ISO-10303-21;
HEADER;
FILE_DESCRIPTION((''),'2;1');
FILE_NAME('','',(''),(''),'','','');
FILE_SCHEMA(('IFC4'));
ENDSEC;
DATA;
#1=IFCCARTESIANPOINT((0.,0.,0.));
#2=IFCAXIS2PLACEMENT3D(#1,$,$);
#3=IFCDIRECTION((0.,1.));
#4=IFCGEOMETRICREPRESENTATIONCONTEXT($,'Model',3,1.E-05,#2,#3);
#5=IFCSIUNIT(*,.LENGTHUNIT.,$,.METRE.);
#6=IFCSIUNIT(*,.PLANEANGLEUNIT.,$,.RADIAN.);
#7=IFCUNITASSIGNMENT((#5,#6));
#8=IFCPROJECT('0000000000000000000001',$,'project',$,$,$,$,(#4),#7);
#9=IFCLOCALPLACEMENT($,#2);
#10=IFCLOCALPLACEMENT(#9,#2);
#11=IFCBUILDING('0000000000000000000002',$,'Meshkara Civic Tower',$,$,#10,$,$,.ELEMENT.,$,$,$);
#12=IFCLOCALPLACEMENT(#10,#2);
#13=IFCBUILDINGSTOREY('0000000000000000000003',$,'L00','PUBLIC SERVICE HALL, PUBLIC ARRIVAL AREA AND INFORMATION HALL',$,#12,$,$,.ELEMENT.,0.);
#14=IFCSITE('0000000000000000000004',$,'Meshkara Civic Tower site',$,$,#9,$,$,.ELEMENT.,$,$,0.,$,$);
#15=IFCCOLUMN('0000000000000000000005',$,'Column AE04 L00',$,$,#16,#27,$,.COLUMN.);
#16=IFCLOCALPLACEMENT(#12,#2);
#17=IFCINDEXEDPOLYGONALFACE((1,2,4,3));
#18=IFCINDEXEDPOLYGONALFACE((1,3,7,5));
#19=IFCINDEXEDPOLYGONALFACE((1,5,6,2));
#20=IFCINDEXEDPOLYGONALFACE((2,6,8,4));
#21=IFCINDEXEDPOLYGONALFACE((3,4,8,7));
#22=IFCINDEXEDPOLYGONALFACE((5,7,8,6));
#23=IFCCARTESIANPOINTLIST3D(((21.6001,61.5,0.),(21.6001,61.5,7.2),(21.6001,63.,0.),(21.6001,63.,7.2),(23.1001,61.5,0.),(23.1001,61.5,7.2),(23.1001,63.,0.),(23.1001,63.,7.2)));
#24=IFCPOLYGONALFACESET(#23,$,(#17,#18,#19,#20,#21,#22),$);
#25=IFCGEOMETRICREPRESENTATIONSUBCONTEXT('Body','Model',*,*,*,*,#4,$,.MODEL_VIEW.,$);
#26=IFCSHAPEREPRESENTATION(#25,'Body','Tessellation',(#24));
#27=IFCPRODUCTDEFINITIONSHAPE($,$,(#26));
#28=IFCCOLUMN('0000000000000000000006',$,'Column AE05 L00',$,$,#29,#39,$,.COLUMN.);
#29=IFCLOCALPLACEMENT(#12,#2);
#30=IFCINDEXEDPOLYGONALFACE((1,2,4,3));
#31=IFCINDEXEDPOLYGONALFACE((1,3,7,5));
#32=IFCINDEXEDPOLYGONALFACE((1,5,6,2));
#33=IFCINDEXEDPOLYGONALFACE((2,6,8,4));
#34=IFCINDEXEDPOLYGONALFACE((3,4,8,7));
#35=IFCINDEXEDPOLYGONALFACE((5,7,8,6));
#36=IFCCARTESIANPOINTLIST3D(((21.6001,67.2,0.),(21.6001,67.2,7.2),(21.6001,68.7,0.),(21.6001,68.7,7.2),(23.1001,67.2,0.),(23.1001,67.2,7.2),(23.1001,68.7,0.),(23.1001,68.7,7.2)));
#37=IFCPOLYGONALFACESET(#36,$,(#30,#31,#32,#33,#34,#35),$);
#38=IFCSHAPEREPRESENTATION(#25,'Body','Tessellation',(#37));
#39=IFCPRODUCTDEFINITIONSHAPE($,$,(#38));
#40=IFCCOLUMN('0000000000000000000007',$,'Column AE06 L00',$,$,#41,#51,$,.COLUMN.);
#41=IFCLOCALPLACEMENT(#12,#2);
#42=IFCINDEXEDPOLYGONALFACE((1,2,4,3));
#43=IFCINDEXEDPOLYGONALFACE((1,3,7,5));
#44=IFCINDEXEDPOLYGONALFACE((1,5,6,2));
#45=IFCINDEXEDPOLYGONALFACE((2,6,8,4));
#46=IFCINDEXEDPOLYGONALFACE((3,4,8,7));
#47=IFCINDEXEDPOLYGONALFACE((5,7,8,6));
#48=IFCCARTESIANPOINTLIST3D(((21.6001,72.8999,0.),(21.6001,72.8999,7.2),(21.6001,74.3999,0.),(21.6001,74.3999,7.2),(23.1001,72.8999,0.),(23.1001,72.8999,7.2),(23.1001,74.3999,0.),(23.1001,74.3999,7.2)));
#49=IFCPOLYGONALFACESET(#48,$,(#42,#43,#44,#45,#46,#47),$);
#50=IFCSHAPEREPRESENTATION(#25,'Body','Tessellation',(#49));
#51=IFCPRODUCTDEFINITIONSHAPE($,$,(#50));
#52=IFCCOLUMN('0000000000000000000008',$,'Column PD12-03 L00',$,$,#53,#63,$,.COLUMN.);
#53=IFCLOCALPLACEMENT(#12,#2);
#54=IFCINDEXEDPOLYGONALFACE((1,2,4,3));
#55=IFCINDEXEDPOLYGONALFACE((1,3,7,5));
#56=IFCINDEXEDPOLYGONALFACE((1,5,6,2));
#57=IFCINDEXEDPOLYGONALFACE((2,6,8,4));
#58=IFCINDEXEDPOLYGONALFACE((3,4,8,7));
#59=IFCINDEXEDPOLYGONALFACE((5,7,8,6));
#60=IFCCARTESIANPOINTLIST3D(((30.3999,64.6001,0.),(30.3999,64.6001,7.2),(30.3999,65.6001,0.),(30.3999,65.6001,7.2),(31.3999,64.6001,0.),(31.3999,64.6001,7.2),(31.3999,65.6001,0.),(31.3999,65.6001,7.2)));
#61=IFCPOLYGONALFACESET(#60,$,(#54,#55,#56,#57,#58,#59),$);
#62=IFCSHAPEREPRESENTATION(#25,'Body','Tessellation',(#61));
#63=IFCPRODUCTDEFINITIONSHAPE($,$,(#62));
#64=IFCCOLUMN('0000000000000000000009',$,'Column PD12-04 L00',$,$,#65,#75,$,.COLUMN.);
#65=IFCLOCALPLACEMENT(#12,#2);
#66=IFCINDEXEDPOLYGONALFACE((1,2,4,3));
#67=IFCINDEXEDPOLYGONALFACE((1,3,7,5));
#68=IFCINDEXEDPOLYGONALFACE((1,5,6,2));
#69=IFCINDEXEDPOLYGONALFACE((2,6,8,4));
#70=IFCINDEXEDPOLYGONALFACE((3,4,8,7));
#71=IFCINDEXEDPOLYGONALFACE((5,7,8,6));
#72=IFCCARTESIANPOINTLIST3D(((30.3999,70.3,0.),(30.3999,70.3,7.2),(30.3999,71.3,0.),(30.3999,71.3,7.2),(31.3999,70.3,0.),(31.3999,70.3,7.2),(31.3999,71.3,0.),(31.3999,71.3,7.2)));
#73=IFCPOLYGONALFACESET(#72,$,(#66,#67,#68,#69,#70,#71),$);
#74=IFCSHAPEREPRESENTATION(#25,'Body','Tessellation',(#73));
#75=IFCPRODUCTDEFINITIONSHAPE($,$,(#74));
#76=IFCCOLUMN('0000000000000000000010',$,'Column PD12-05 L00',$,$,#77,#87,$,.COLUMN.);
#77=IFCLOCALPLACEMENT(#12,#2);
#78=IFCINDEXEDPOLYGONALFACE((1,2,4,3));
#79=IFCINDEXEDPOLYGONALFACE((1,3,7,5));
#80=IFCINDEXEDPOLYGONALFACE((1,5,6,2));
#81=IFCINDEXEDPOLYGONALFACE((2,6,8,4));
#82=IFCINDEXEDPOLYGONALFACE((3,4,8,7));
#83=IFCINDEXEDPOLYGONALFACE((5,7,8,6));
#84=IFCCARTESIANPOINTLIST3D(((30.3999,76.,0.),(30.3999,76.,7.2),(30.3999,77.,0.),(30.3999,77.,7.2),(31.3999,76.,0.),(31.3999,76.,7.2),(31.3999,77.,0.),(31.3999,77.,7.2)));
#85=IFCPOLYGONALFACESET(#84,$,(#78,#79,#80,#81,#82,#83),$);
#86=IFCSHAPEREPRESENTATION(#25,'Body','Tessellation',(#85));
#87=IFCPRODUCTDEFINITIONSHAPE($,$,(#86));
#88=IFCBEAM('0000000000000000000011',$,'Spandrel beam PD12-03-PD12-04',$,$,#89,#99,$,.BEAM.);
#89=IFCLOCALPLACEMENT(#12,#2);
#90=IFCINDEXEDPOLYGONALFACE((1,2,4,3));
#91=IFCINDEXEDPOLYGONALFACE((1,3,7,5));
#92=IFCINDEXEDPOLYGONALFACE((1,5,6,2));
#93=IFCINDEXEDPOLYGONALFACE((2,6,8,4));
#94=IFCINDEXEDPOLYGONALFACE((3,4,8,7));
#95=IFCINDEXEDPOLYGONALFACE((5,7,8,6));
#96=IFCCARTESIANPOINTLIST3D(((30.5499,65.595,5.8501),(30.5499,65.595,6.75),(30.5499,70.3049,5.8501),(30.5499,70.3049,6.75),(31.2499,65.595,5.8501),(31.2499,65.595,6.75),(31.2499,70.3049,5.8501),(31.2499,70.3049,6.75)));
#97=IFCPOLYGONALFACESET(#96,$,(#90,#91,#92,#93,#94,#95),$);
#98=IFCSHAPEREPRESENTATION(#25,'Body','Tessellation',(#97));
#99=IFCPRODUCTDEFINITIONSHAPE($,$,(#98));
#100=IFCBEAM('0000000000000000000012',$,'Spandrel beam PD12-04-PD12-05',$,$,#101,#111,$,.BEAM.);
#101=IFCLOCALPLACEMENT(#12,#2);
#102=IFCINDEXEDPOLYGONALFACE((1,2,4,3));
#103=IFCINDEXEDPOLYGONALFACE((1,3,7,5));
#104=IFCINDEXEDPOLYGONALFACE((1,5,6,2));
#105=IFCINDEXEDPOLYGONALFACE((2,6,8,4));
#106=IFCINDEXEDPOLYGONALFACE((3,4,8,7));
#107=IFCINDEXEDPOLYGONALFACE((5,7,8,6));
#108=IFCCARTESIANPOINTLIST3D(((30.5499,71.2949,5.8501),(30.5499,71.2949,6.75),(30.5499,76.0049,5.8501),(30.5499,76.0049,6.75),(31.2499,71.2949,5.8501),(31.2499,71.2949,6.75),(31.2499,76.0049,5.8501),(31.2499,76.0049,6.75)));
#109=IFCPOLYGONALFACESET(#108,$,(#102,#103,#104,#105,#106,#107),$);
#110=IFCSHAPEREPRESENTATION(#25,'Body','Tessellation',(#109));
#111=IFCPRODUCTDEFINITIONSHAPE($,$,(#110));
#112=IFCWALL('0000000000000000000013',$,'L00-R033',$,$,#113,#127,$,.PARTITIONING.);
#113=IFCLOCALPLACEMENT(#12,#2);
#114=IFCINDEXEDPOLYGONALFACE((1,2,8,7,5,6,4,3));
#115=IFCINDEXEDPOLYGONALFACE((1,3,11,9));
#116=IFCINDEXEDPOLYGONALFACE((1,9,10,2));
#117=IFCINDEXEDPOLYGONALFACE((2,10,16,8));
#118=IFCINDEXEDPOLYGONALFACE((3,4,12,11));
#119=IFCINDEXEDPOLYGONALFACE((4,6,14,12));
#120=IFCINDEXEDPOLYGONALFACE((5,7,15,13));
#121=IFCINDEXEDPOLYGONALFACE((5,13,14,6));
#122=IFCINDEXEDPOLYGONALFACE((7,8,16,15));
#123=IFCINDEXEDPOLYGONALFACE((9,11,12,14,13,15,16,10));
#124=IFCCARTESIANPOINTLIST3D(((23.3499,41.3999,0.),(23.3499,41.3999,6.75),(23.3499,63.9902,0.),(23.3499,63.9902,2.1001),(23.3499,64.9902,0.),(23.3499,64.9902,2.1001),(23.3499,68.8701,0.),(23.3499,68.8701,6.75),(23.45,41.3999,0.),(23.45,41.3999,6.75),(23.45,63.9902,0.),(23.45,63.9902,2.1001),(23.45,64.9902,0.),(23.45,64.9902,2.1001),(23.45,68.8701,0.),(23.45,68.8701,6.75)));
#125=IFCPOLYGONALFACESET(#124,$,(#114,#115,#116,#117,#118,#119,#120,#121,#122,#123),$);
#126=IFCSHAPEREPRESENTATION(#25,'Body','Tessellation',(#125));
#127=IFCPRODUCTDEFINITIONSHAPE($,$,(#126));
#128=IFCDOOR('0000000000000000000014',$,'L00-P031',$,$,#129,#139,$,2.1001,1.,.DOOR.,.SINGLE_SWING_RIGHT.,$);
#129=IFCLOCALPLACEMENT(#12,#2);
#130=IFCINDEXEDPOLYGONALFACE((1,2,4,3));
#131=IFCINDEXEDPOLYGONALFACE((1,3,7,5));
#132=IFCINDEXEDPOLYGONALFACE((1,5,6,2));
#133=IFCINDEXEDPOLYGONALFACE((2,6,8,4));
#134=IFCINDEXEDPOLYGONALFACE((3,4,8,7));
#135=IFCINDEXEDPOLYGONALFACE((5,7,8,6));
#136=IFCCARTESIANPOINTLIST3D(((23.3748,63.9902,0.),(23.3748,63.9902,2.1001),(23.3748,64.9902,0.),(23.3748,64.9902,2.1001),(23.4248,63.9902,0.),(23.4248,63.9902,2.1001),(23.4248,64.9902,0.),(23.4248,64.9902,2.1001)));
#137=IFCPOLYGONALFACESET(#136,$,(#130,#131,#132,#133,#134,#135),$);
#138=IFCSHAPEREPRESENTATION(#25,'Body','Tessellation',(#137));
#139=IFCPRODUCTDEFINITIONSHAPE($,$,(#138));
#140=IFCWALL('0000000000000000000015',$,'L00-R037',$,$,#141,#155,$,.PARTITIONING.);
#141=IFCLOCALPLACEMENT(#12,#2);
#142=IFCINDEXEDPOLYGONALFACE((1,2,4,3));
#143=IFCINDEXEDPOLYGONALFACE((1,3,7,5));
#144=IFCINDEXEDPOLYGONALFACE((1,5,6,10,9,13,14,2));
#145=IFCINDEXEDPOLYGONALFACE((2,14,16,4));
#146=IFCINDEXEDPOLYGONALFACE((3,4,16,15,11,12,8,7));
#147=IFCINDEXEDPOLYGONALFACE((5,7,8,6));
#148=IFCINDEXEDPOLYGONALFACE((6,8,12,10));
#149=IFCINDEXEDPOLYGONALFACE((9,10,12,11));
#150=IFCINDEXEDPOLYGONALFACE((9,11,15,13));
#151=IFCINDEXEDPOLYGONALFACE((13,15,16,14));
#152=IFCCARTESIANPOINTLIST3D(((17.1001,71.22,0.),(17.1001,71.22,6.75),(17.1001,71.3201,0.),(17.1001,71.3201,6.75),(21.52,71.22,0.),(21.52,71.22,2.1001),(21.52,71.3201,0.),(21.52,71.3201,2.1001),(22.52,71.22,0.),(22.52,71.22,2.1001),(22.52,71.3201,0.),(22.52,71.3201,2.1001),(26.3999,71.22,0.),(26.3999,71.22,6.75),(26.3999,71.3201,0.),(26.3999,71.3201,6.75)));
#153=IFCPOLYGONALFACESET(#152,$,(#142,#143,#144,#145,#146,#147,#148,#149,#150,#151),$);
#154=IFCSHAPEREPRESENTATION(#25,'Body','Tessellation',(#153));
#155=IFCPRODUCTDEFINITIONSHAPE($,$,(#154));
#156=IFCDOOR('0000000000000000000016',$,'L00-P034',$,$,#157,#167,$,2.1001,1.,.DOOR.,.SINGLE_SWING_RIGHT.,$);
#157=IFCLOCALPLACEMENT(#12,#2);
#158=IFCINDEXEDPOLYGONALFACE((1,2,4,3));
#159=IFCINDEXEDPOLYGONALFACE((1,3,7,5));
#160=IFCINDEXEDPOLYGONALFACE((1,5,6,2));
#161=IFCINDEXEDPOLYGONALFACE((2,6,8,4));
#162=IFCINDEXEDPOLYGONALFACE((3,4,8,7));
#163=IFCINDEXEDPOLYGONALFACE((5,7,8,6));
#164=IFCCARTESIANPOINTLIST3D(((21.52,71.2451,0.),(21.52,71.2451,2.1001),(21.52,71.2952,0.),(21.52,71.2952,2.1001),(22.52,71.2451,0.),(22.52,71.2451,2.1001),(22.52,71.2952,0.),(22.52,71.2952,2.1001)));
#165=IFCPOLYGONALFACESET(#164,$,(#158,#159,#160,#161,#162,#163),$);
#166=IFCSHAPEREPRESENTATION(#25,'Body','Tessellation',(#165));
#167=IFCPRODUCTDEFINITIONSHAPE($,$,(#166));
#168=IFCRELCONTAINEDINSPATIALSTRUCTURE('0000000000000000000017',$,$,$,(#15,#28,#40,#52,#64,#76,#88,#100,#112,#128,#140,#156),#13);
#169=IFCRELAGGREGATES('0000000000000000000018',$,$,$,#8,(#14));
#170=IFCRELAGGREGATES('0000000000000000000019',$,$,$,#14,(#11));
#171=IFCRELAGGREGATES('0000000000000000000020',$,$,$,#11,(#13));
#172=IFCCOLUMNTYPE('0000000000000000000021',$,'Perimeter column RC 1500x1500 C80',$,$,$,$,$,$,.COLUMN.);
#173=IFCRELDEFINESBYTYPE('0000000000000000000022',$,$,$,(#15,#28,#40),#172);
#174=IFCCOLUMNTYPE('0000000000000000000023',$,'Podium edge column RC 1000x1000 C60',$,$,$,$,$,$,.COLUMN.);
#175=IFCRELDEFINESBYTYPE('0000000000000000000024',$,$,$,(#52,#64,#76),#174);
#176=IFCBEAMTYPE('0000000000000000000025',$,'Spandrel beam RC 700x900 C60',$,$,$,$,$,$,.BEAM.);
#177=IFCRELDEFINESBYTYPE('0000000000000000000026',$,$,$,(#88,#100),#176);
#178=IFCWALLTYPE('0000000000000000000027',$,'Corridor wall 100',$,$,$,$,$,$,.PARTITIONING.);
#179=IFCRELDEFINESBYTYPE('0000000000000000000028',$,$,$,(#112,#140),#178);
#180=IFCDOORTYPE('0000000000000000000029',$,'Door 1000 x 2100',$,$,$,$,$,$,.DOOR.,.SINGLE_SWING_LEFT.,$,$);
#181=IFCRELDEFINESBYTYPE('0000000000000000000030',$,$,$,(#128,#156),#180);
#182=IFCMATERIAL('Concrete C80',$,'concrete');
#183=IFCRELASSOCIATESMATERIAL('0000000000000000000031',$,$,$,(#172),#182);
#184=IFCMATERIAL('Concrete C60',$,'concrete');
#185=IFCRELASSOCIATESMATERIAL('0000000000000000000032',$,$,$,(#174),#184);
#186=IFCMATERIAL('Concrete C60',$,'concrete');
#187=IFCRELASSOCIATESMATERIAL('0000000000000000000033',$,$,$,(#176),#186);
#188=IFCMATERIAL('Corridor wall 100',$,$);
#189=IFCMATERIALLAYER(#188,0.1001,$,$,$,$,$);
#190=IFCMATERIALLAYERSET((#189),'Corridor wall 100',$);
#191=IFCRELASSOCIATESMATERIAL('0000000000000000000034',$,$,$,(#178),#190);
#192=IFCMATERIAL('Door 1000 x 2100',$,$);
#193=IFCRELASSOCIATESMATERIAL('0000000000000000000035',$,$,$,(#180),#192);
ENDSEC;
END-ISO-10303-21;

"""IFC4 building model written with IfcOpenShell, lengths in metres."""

from ifc_helpers import new_model, si_unit, direction, frame, frame_2d, origin, origin_2d, place, context, subcontext, project, spatial, rectangle, extrude, material, layer, layer_set, material_profile, profile_set, type_object, element, fill, save


model = new_model("IFC4")

# Units and contexts
model_context = context("Model", 3, precision=1e-05, world=origin(), true_north=direction((0.0, 1.0)))
body_context = subcontext(model_context, "Body", "Model", "MODEL_VIEW")
ifc_project = project(units=[si_unit("LENGTHUNIT", "METRE"), si_unit("PLANEANGLEUNIT", "RADIAN")], contexts=[model_context])

# Site, building, storey
site_placement = place(None, origin())
site = spatial("IfcSite", under=ifc_project, at=site_placement, Name="Meshkara Civic Tower site", CompositionType="ELEMENT", RefElevation=0.0)
building_placement = place(site_placement, origin())
building = spatial("IfcBuilding", under=site, at=building_placement, Name="Meshkara Civic Tower", CompositionType="ELEMENT")
storey_placement = place(building_placement, origin())
storey = spatial("IfcBuildingStorey", under=building, at=storey_placement, Name="L00", Description="PUBLIC SERVICE HALL, PUBLIC ARRIVAL AREA AND INFORMATION HALL", CompositionType="ELEMENT", Elevation=0.0)

# Columns
ifc_material_1 = material(Name="Concrete C80", Category="concrete")
ifc_material_profile_1 = material_profile(ifc_material_1, rectangle(XDim=1.5, YDim=1.5, at=origin_2d()))
ifc_profile_set_1 = profile_set([ifc_material_profile_1], Name="Concrete C80")
column_type_1 = type_object("IfcColumnType", Name="Perimeter column RC 1500x1500 C80", PredefinedType="COLUMN", material=ifc_profile_set_1)
for number, where, z_axis, x_axis, name in (
    (1, (22.3501, 62.25, 0.0), (0.0, 0.0, 1.0), (1.0, 0.0, 0.0), "Column AE04 L00"),
    (2, (22.3501, 67.95, 0.0), (0.0, 0.0, 1.0), (1.0, 0.0, 0.0), "Column AE05 L00"),
    (3, (22.3501, 73.6499, 0.0), (0.0, 0.0, 1.0), (1.0, 0.0, 0.0), "Column AE06 L00"),
):
    element("IfcColumn", number, at=place(storey_placement, frame(where, z_axis=z_axis, x_axis=x_axis)), inside=storey, type_object=column_type_1, Name=name, PredefinedType="COLUMN", context=body_context, shape_type="SweptSolid", body=[
        extrude(rectangle(XDim=1.5, YDim=1.5, at=origin_2d()), origin(), (0.0, 0.0, 1.0), 7.2),
    ])
ifc_material_2 = material(Name="Concrete C60", Category="concrete")
ifc_material_profile_2 = material_profile(ifc_material_2, rectangle(XDim=1.0, YDim=1.0, at=origin_2d()))
ifc_profile_set_2 = profile_set([ifc_material_profile_2], Name="Concrete C60")
column_type_2 = type_object("IfcColumnType", Name="Podium edge column RC 1000x1000 C60", PredefinedType="COLUMN", material=ifc_profile_set_2)
for number, where, z_axis, x_axis, name in (
    (4, (30.8999, 65.1001, 0.0), (0.0, 0.0, 1.0), (1.0, 0.0, 0.0), "Column PD12-03 L00"),
    (5, (30.8999, 70.8, 0.0), (0.0, 0.0, 1.0), (1.0, 0.0, 0.0), "Column PD12-04 L00"),
    (6, (30.8999, 76.5, 0.0), (0.0, 0.0, 1.0), (1.0, 0.0, 0.0), "Column PD12-05 L00"),
):
    element("IfcColumn", number, at=place(storey_placement, frame(where, z_axis=z_axis, x_axis=x_axis)), inside=storey, type_object=column_type_2, Name=name, PredefinedType="COLUMN", context=body_context, shape_type="SweptSolid", body=[
        extrude(rectangle(XDim=1.0, YDim=1.0, at=origin_2d()), origin(), (0.0, 0.0, 1.0), 7.2),
    ])

# Beams
ifc_material_3 = material(Name="Concrete C60", Category="concrete")
ifc_material_profile_3 = material_profile(ifc_material_3, rectangle(XDim=0.7, YDim=0.8999, at=origin_2d()))
ifc_profile_set_3 = profile_set([ifc_material_profile_3], Name="Concrete C60")
beam_type = type_object("IfcBeamType", Name="Spandrel beam RC 700x900 C60", PredefinedType="BEAM", material=ifc_profile_set_3)
for number, where, z_axis, x_axis, name in (
    (7, (30.8999, 65.595, 6.3), (0.0, 1.0, 0.0), (-1.0, 0.0, 0.0), "Spandrel beam PD12-03-PD12-04"),
    (8, (30.8999, 71.2949, 6.3), (0.0, 1.0, 0.0), (-1.0, 0.0, 0.0), "Spandrel beam PD12-04-PD12-05"),
):
    element("IfcBeam", number, at=place(storey_placement, frame(where, z_axis=z_axis, x_axis=x_axis)), inside=storey, type_object=beam_type, Name=name, PredefinedType="BEAM", context=body_context, shape_type="SweptSolid", body=[
        extrude(rectangle(XDim=0.7, YDim=0.8999, at=origin_2d()), origin(), (0.0, 0.0, 1.0), 4.71),
    ])

# Walls, openings, doors
ifc_material_4 = material(Name="Corridor wall 100")
ifc_layer_1 = layer(ifc_material_4, 0.1001)
ifc_layer_set_1 = layer_set([ifc_layer_1], Name="Corridor wall 100")
wall_type_1 = type_object("IfcWallType", Name="Corridor wall 100", PredefinedType="PARTITIONING", material=ifc_layer_set_1)
wall_1_placement = place(storey_placement, frame((23.3999, 68.8701, 0.0), z_axis=(0.0, 0.0, 1.0), x_axis=(0.0, -1.0, 0.0)))
wall_1 = element("IfcWall", 9, at=wall_1_placement, inside=storey, type_object=wall_type_1, Name="L00-R033", PredefinedType="PARTITIONING", context=body_context, shape_type="SweptSolid", body=[
    extrude(rectangle(XDim=27.4702, YDim=0.1001, at=frame_2d((13.7351, 0.0))), origin(), (0.0, 0.0, 1.0), 6.75),
])
opening_1_placement = place(wall_1_placement, frame((3.8799, 0.0, 0.0)))
opening_1 = element("IfcOpeningElement", 10, at=opening_1_placement, cuts=wall_1, PredefinedType="OPENING", context=body_context, shape_type="SweptSolid", body=[
    extrude(rectangle(XDim=1.0, YDim=2.1001, at=frame_2d((0.5, 1.05))), frame((0.0, 0.0601, 0.0), z_axis=(0.0, -1.0, 0.0), x_axis=(1.0, 0.0, 0.0)), (0.0, 0.0, 1.0), 0.1201),
])
ifc_material_5 = material(Name="Door 1000 x 2100")
door_type = type_object("IfcDoorType", Name="Door 1000 x 2100", OperationType="SINGLE_SWING_LEFT", PredefinedType="DOOR", material=ifc_material_5)
door_1_placement = place(opening_1_placement, origin())
door_1 = element("IfcDoor", 11, at=door_1_placement, inside=storey, type_object=door_type, Name="L00-P031", OperationType="SINGLE_SWING_RIGHT", OverallHeight=2.1001, OverallWidth=1.0, PredefinedType="DOOR", context=body_context, shape_type="SweptSolid", body=[
    extrude(rectangle(XDim=1.0, YDim=2.1001, at=frame_2d((0.5, 1.05))), frame((0.0, 0.0249, 0.0), z_axis=(0.0, -1.0, 0.0), x_axis=(1.0, 0.0, 0.0)), (0.0, 0.0, 1.0), 0.05),
])
fill(opening_1, door_1)
wall_2_placement = place(storey_placement, frame((26.3999, 71.27, 0.0), z_axis=(0.0, 0.0, 1.0), x_axis=(-1.0, 0.0, 0.0)))
wall_2 = element("IfcWall", 12, at=wall_2_placement, inside=storey, type_object=wall_type_1, Name="L00-R037", PredefinedType="PARTITIONING", context=body_context, shape_type="SweptSolid", body=[
    extrude(rectangle(XDim=9.2998, YDim=0.1001, at=frame_2d((4.6499, 0.0))), origin(), (0.0, 0.0, 1.0), 6.75),
])
opening_2_placement = place(wall_2_placement, frame((3.8799, 0.0, 0.0)))
opening_2 = element("IfcOpeningElement", 13, at=opening_2_placement, cuts=wall_2, PredefinedType="OPENING", context=body_context, shape_type="SweptSolid", body=[
    extrude(rectangle(XDim=1.0, YDim=2.1001, at=frame_2d((0.5, 1.05))), frame((0.0, 0.0601, 0.0), z_axis=(0.0, -1.0, 0.0), x_axis=(1.0, 0.0, 0.0)), (0.0, 0.0, 1.0), 0.1201),
])
door_2_placement = place(opening_2_placement, origin())
door_2 = element("IfcDoor", 14, at=door_2_placement, inside=storey, type_object=door_type, Name="L00-P034", OperationType="SINGLE_SWING_RIGHT", OverallHeight=2.1001, OverallWidth=1.0, PredefinedType="DOOR", context=body_context, shape_type="SweptSolid", body=[
    extrude(rectangle(XDim=1.0, YDim=2.1001, at=frame_2d((0.5, 1.05))), frame((0.0, 0.0249, 0.0), z_axis=(0.0, -1.0, 0.0), x_axis=(1.0, 0.0, 0.0)), (0.0, 0.0, 1.0), 0.05),
])
fill(opening_2, door_2)

save(model, "model.ifc")
